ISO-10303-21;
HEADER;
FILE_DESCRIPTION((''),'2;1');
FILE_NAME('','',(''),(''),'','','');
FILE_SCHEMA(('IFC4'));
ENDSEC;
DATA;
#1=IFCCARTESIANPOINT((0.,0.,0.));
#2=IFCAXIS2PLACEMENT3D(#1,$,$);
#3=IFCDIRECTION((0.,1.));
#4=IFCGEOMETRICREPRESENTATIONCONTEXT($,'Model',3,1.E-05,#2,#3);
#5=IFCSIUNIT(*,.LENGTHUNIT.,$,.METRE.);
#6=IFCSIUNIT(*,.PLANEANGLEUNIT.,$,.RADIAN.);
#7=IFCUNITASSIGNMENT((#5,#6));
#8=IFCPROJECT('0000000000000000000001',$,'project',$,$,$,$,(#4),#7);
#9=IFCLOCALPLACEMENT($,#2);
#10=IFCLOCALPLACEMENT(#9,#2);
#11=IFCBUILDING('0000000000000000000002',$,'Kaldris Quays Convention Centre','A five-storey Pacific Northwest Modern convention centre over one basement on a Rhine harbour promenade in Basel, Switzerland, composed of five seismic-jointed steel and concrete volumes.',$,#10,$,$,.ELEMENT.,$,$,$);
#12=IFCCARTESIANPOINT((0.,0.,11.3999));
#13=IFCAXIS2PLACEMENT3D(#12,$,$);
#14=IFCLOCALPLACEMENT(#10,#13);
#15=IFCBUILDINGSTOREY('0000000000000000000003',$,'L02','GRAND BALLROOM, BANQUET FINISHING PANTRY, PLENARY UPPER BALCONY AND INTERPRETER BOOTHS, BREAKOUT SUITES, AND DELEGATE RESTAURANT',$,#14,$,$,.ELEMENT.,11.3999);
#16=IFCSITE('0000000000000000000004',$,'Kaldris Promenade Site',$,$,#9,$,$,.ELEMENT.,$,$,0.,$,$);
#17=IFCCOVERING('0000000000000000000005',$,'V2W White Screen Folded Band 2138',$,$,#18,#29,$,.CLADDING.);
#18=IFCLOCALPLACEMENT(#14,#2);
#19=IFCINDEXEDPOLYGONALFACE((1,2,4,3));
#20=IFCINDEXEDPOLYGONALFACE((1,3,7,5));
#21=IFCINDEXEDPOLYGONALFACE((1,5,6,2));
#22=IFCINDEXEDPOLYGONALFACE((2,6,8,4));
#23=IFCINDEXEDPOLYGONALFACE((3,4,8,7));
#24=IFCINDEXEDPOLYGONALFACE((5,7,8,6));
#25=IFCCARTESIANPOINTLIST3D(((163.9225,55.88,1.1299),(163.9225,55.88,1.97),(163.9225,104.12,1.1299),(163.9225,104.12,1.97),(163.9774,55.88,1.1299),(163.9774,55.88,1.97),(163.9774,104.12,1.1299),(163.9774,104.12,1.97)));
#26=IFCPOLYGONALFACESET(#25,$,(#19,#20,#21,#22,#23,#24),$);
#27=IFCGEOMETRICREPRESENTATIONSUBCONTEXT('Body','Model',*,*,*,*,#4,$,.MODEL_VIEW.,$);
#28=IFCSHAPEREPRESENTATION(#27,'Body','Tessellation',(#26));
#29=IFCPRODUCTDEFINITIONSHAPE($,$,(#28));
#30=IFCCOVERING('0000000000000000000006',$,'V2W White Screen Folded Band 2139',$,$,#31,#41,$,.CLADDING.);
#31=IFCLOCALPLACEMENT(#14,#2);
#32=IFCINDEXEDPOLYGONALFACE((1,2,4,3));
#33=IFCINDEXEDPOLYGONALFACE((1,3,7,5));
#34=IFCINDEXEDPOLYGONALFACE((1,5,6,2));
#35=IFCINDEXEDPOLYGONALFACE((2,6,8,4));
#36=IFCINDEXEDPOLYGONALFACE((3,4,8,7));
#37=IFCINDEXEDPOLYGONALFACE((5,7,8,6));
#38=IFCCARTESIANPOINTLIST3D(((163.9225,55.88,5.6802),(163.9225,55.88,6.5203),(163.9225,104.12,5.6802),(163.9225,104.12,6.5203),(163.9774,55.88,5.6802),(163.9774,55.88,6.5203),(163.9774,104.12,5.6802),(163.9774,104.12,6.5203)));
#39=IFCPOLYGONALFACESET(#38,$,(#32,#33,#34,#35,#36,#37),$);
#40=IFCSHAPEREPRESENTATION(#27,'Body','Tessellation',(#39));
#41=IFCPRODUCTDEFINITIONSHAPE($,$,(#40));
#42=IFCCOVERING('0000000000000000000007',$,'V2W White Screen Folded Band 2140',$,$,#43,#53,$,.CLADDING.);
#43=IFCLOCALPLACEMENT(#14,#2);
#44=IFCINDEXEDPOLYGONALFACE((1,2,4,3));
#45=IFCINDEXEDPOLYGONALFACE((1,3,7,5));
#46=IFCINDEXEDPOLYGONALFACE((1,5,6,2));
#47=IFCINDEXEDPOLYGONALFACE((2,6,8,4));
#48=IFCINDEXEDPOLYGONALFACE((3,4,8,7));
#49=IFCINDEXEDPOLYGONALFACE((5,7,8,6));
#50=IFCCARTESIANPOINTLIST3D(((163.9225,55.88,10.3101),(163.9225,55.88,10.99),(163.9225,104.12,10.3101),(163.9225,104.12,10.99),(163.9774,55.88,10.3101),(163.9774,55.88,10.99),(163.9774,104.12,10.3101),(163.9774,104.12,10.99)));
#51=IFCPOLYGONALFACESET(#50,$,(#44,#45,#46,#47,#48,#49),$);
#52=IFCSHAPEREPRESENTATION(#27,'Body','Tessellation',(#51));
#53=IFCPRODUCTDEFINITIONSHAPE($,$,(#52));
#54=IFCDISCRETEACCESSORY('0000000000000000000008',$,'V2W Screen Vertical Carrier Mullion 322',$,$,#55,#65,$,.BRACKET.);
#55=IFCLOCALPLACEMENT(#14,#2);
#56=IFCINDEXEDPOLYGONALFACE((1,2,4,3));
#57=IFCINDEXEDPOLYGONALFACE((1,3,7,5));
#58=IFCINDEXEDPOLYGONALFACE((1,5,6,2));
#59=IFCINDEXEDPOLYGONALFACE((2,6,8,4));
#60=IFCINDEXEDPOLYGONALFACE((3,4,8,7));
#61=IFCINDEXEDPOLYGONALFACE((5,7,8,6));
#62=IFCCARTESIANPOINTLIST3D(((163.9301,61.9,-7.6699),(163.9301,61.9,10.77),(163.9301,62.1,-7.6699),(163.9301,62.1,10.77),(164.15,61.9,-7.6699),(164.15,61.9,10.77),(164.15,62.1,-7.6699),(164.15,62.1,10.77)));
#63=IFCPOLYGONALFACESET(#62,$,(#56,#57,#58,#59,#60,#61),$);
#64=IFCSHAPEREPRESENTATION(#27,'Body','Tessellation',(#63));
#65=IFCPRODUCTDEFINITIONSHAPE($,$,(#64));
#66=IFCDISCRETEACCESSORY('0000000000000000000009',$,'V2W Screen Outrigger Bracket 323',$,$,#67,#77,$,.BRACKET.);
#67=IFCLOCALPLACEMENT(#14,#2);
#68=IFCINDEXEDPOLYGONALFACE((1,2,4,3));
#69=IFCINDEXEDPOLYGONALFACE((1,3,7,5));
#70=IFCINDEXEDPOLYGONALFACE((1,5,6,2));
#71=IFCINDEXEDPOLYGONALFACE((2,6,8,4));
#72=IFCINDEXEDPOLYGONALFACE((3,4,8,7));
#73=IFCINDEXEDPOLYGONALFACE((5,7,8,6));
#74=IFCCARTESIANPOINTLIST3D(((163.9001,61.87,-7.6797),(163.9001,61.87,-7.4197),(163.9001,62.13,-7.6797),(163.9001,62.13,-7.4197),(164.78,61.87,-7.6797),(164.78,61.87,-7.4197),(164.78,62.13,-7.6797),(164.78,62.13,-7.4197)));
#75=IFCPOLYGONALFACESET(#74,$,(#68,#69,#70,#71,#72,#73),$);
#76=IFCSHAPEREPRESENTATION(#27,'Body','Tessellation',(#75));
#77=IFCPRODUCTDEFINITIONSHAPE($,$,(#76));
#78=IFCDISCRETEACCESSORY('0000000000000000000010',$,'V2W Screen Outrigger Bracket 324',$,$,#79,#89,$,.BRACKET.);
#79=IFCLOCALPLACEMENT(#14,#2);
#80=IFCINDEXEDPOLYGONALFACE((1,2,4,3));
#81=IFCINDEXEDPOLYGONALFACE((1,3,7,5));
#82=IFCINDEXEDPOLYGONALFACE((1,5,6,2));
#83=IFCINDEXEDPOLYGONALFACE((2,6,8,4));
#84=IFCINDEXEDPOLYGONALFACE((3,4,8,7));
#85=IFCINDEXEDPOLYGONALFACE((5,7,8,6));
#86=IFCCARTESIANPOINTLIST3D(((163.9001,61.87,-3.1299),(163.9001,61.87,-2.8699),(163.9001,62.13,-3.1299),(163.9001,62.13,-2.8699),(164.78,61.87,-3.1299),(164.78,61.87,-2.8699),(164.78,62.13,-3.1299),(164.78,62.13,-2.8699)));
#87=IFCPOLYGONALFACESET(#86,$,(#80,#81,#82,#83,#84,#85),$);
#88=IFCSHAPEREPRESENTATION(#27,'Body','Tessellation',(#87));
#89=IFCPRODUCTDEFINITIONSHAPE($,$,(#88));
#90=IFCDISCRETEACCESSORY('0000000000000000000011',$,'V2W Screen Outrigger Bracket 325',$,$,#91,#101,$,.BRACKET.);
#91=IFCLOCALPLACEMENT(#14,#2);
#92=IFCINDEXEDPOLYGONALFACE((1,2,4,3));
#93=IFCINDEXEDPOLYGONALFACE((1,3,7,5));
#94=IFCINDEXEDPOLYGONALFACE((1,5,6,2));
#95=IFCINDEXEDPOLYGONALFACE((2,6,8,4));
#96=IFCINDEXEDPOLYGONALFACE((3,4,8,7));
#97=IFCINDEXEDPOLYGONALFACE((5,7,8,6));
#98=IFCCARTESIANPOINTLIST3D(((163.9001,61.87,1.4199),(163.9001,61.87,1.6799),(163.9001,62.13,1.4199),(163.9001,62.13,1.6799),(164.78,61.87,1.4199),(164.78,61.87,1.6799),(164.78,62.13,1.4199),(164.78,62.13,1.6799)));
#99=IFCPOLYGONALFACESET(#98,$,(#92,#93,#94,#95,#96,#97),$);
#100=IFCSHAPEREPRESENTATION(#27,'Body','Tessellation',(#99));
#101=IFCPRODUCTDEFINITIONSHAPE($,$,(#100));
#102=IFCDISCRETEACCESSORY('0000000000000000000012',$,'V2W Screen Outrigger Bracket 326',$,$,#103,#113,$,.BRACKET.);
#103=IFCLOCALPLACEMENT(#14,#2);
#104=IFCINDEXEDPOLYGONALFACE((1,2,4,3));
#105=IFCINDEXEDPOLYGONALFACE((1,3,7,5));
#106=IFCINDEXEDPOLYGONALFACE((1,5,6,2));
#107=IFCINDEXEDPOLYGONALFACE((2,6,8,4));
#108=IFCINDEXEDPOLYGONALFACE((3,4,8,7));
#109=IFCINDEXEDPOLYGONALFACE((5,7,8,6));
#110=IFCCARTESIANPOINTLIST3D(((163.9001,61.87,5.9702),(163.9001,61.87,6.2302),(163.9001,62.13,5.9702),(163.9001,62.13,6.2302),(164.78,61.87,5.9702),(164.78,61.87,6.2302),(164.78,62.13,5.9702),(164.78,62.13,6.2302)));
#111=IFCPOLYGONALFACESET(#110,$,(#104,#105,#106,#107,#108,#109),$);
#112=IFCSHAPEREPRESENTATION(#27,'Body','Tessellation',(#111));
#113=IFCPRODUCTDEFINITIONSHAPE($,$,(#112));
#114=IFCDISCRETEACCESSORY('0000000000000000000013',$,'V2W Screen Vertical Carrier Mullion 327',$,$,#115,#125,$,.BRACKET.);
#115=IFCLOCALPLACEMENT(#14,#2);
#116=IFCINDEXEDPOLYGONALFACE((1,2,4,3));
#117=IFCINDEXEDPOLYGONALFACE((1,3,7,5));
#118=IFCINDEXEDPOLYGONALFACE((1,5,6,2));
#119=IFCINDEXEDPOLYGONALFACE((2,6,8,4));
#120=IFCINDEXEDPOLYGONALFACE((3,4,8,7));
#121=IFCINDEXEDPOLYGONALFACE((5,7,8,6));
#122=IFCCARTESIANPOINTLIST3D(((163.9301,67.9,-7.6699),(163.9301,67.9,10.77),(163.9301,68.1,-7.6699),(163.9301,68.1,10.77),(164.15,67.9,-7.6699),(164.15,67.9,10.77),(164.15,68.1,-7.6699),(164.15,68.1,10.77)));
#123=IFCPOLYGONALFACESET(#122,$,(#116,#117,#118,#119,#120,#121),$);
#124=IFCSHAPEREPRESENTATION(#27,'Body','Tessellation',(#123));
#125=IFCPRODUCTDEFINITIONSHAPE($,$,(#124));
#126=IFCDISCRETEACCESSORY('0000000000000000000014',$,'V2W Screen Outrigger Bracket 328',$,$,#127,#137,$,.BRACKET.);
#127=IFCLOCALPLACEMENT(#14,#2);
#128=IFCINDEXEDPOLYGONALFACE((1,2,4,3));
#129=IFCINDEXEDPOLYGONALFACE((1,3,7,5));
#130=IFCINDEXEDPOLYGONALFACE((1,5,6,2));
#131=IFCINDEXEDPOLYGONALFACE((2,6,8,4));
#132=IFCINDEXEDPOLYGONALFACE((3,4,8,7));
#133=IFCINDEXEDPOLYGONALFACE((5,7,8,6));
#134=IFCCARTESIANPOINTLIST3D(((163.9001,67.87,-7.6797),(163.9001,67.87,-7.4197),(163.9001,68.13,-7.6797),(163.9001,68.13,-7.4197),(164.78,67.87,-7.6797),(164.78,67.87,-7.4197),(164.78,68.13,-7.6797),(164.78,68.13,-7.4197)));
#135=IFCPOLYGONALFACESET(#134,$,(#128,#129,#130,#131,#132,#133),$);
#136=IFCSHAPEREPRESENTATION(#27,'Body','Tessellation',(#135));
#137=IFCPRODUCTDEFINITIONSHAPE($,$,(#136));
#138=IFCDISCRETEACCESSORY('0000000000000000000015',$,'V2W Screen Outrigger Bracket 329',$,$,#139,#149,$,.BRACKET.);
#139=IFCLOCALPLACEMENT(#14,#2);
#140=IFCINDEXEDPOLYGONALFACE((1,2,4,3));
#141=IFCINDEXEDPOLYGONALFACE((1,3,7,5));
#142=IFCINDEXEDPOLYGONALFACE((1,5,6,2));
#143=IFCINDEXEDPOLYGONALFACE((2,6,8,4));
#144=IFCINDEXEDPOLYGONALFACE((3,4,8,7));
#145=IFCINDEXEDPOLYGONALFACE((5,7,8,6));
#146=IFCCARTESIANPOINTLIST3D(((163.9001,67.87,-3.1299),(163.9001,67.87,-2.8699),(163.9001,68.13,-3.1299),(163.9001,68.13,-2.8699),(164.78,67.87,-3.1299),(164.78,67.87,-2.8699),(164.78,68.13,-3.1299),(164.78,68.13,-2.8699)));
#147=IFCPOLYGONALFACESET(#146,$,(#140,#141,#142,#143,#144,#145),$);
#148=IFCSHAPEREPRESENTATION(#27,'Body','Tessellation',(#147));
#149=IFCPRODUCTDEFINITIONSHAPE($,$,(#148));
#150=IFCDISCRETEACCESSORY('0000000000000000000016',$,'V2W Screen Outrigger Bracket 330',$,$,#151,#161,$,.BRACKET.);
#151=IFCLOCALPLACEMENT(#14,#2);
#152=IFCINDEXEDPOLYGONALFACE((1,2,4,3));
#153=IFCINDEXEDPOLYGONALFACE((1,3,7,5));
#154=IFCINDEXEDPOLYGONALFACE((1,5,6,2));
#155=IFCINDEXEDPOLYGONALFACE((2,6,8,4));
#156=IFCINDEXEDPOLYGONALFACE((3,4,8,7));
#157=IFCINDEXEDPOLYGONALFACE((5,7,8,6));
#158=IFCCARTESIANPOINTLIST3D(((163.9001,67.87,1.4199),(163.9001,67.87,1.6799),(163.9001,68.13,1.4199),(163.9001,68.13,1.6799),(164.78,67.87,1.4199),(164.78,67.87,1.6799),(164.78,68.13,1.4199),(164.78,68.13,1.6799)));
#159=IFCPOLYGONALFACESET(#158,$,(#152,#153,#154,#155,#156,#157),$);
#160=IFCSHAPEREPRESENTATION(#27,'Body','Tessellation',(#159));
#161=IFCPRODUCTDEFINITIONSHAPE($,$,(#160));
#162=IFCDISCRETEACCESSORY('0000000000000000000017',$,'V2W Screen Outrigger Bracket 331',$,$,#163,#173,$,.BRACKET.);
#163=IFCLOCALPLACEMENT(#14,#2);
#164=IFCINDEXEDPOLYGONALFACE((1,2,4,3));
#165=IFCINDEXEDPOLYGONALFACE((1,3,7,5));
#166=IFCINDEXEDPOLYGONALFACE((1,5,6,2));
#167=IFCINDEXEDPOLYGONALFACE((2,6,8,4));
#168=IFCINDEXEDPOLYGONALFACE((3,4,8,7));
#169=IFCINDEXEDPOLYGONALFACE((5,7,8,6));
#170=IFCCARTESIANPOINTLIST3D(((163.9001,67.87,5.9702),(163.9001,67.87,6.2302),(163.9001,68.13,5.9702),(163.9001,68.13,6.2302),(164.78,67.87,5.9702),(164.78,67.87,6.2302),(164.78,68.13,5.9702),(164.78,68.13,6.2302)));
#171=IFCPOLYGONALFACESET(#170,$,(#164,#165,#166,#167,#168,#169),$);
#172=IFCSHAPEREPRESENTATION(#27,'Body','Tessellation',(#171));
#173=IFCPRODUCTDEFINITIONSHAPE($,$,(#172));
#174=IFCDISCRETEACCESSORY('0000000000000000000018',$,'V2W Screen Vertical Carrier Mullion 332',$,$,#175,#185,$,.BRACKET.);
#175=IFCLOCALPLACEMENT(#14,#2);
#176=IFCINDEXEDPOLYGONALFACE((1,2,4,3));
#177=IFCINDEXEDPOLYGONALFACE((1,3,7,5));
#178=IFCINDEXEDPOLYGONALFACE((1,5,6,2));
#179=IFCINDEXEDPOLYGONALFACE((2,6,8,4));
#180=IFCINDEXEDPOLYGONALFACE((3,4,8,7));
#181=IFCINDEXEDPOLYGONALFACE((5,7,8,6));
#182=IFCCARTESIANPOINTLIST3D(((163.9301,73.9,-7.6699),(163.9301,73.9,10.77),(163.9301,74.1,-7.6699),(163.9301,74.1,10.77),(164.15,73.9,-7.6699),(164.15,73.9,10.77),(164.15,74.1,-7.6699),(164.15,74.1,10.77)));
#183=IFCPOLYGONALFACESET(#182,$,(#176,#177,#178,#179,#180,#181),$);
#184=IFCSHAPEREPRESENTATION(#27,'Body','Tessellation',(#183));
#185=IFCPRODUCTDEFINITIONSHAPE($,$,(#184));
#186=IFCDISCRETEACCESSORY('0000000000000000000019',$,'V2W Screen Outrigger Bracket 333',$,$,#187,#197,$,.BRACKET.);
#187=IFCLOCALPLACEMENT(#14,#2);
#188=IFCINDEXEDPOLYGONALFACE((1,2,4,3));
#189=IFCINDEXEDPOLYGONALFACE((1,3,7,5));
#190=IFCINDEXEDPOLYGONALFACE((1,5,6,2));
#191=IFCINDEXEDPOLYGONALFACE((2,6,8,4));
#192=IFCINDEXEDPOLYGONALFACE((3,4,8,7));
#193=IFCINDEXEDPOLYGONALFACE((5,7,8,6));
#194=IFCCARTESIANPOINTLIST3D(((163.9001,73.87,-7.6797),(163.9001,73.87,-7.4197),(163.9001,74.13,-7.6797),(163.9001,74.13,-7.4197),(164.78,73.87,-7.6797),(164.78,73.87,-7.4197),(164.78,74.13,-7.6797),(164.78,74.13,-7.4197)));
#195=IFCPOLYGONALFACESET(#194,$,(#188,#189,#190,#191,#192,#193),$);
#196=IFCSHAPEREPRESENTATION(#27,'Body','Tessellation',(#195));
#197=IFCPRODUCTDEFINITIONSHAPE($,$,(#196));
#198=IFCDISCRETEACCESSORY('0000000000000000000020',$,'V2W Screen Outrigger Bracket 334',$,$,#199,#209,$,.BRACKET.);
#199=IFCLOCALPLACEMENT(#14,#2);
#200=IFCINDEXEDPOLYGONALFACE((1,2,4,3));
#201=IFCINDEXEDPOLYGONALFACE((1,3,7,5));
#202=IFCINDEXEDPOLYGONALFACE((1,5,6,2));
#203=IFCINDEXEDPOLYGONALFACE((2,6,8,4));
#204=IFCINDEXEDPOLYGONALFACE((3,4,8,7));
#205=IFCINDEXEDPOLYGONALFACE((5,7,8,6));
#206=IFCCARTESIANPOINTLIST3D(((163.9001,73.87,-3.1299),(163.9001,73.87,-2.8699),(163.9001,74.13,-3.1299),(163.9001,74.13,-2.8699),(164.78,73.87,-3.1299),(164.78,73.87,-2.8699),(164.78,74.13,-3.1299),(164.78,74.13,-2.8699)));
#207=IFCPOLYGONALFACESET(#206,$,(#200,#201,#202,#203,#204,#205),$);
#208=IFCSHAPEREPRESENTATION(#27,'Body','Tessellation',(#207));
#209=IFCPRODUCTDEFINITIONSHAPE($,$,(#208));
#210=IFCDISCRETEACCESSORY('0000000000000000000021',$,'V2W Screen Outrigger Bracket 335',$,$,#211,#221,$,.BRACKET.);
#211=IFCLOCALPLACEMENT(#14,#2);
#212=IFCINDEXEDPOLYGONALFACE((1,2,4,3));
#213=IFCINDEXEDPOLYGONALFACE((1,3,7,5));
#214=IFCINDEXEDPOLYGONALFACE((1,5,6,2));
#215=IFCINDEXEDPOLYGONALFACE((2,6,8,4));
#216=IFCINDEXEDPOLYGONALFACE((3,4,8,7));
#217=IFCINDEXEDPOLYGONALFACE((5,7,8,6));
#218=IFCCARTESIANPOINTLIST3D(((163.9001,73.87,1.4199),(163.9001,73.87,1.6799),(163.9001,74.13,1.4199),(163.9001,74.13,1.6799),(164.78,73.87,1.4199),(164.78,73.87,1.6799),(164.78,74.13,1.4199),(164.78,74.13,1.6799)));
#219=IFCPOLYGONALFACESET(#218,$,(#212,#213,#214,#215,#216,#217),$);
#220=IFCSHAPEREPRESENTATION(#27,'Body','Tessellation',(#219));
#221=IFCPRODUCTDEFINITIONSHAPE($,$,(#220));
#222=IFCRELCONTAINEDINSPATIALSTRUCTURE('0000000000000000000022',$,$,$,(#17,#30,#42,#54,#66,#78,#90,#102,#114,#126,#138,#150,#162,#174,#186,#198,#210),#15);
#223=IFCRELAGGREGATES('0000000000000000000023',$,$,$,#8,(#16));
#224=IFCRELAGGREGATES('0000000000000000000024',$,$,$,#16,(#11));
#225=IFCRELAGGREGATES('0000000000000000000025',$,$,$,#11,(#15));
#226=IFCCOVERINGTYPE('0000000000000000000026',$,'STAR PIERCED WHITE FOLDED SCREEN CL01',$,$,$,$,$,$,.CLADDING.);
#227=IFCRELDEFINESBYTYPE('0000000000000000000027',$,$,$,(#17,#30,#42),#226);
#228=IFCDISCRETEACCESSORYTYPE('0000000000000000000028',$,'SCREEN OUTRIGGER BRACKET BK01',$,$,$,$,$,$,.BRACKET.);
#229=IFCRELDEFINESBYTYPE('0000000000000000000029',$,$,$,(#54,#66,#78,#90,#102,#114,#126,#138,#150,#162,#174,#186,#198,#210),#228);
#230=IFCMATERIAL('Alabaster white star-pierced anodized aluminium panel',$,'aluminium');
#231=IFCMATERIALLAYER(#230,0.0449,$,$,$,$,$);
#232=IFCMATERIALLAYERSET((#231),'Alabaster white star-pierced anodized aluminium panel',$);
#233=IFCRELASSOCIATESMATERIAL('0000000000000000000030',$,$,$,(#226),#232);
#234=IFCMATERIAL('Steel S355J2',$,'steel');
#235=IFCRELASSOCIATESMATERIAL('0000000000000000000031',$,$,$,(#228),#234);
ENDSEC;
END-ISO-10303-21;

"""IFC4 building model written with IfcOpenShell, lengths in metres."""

from ifc_helpers import new_model, si_unit, direction, frame, origin, origin_2d, place, context, subcontext, project, spatial, rectangle, extrude, material, layer, layer_set, type_object, element, save


model = new_model("IFC4")

# Units and contexts
model_context = context("Model", 3, precision=1e-05, world=origin(), true_north=direction((0.0, 1.0)))
body_context = subcontext(model_context, "Body", "Model", "MODEL_VIEW")
ifc_project = project(units=[si_unit("LENGTHUNIT", "METRE"), si_unit("PLANEANGLEUNIT", "RADIAN")], contexts=[model_context])

# Site, building, storey
site_placement = place(None, origin())
site = spatial("IfcSite", under=ifc_project, at=site_placement, Name="Kaldris Promenade Site", CompositionType="ELEMENT", RefElevation=0.0)
building_placement = place(site_placement, origin())
building = spatial("IfcBuilding", under=site, at=building_placement, Name="Kaldris Quays Convention Centre", Description="A five-storey Pacific Northwest Modern convention centre over one basement on a Rhine harbour promenade in Basel, Switzerland, composed of five seismic-jointed steel and concrete volumes.", CompositionType="ELEMENT")
storey_placement = place(building_placement, frame((0.0, 0.0, 11.3999)))
storey = spatial("IfcBuildingStorey", under=building, at=storey_placement, Name="L02", Description="GRAND BALLROOM, BANQUET FINISHING PANTRY, PLENARY UPPER BALCONY AND INTERPRETER BOOTHS, BREAKOUT SUITES, AND DELEGATE RESTAURANT", CompositionType="ELEMENT", Elevation=11.3999)

# Shared definitions
ifc_material_1 = material(Name="Steel S355J2", Category="steel")

# Coverings
ifc_material_2 = material(Name="Alabaster white star-pierced anodized aluminium panel", Category="aluminium")
ifc_layer_1 = layer(ifc_material_2, 0.0449)
ifc_layer_set_1 = layer_set([ifc_layer_1], Name="Alabaster white star-pierced anodized aluminium panel")
covering_type = type_object("IfcCoveringType", Name="STAR PIERCED WHITE FOLDED SCREEN CL01", PredefinedType="CLADDING", material=ifc_layer_set_1)
for number, where, z_axis, x_axis, name in (
    (1, (163.95, 80.0, 1.1299), (0.0, 0.0, 1.0), (0.0, 1.0, 0.0), "V2W White Screen Folded Band 2138"),
    (2, (163.95, 80.0, 5.6802), (0.0, 0.0, 1.0), (0.0, 1.0, 0.0), "V2W White Screen Folded Band 2139"),
):
    element("IfcCovering", number, at=place(storey_placement, frame(where, z_axis=z_axis, x_axis=x_axis)), inside=storey, type_object=covering_type, Name=name, PredefinedType="CLADDING", context=body_context, shape_type="SweptSolid", body=[
        extrude(rectangle(XDim=48.24, YDim=0.0549, at=origin_2d()), origin(), (0.0, 0.0, 1.0), 0.8401),
    ])
covering_1_placement = place(storey_placement, frame((163.95, 80.0, 10.3101), z_axis=(0.0, 0.0, 1.0), x_axis=(0.0, 1.0, 0.0)))
element("IfcCovering", 3, at=covering_1_placement, inside=storey, type_object=covering_type, Name="V2W White Screen Folded Band 2140", PredefinedType="CLADDING", context=body_context, shape_type="SweptSolid", body=[
    extrude(rectangle(XDim=48.24, YDim=0.0549, at=origin_2d()), origin(), (0.0, 0.0, 1.0), 0.6799),
])

# Discrete accessories
discrete_accessory_type = type_object("IfcDiscreteAccessoryType", Name="SCREEN OUTRIGGER BRACKET BK01", PredefinedType="BRACKET", material=ifc_material_1)
discrete_accessory_1_placement = place(storey_placement, frame((164.04, 62.0, -7.6699), z_axis=(0.0, 0.0, 1.0), x_axis=(0.0, 1.0, 0.0)))
element("IfcDiscreteAccessory", 4, at=discrete_accessory_1_placement, inside=storey, type_object=discrete_accessory_type, Name="V2W Screen Vertical Carrier Mullion 322", PredefinedType="BRACKET", context=body_context, shape_type="SweptSolid", body=[
    extrude(rectangle(XDim=0.2, YDim=0.22, at=origin_2d()), origin(), (0.0, 0.0, 1.0), 18.4399),
])
for number, where, z_axis, x_axis, name in (
    (5, (164.3401, 62.0, -7.6797), (0.0, 0.0, 1.0), (0.0, 1.0, 0.0), "V2W Screen Outrigger Bracket 323"),
    (6, (164.3401, 62.0, -3.1299), (0.0, 0.0, 1.0), (0.0, 1.0, 0.0), "V2W Screen Outrigger Bracket 324"),
    (7, (164.3401, 62.0, 1.4199), (0.0, 0.0, 1.0), (0.0, 1.0, 0.0), "V2W Screen Outrigger Bracket 325"),
    (8, (164.3401, 62.0, 5.9702), (0.0, 0.0, 1.0), (0.0, 1.0, 0.0), "V2W Screen Outrigger Bracket 326"),
):
    element("IfcDiscreteAccessory", number, at=place(storey_placement, frame(where, z_axis=z_axis, x_axis=x_axis)), inside=storey, type_object=discrete_accessory_type, Name=name, PredefinedType="BRACKET", context=body_context, shape_type="SweptSolid", body=[
        extrude(rectangle(XDim=0.26, YDim=0.8799, at=origin_2d()), origin(), (0.0, 0.0, 1.0), 0.26),
    ])
discrete_accessory_2_placement = place(storey_placement, frame((164.04, 68.0, -7.6699), z_axis=(0.0, 0.0, 1.0), x_axis=(0.0, 1.0, 0.0)))
element("IfcDiscreteAccessory", 9, at=discrete_accessory_2_placement, inside=storey, type_object=discrete_accessory_type, Name="V2W Screen Vertical Carrier Mullion 327", PredefinedType="BRACKET", context=body_context, shape_type="SweptSolid", body=[
    extrude(rectangle(XDim=0.2, YDim=0.22, at=origin_2d()), origin(), (0.0, 0.0, 1.0), 18.4399),
])
for number, where, z_axis, x_axis, name in (
    (10, (164.3401, 68.0, -7.6797), (0.0, 0.0, 1.0), (0.0, 1.0, 0.0), "V2W Screen Outrigger Bracket 328"),
    (11, (164.3401, 68.0, -3.1299), (0.0, 0.0, 1.0), (0.0, 1.0, 0.0), "V2W Screen Outrigger Bracket 329"),
    (12, (164.3401, 68.0, 1.4199), (0.0, 0.0, 1.0), (0.0, 1.0, 0.0), "V2W Screen Outrigger Bracket 330"),
    (13, (164.3401, 68.0, 5.9702), (0.0, 0.0, 1.0), (0.0, 1.0, 0.0), "V2W Screen Outrigger Bracket 331"),
):
    element("IfcDiscreteAccessory", number, at=place(storey_placement, frame(where, z_axis=z_axis, x_axis=x_axis)), inside=storey, type_object=discrete_accessory_type, Name=name, PredefinedType="BRACKET", context=body_context, shape_type="SweptSolid", body=[
        extrude(rectangle(XDim=0.26, YDim=0.8799, at=origin_2d()), origin(), (0.0, 0.0, 1.0), 0.26),
    ])
discrete_accessory_3_placement = place(storey_placement, frame((164.04, 74.0, -7.6699), z_axis=(0.0, 0.0, 1.0), x_axis=(0.0, 1.0, 0.0)))
element("IfcDiscreteAccessory", 14, at=discrete_accessory_3_placement, inside=storey, type_object=discrete_accessory_type, Name="V2W Screen Vertical Carrier Mullion 332", PredefinedType="BRACKET", context=body_context, shape_type="SweptSolid", body=[
    extrude(rectangle(XDim=0.2, YDim=0.22, at=origin_2d()), origin(), (0.0, 0.0, 1.0), 18.4399),
])
for number, where, z_axis, x_axis, name in (
    (15, (164.3401, 74.0, -7.6797), (0.0, 0.0, 1.0), (0.0, 1.0, 0.0), "V2W Screen Outrigger Bracket 333"),
    (16, (164.3401, 74.0, -3.1299), (0.0, 0.0, 1.0), (0.0, 1.0, 0.0), "V2W Screen Outrigger Bracket 334"),
    (17, (164.3401, 74.0, 1.4199), (0.0, 0.0, 1.0), (0.0, 1.0, 0.0), "V2W Screen Outrigger Bracket 335"),
):
    element("IfcDiscreteAccessory", number, at=place(storey_placement, frame(where, z_axis=z_axis, x_axis=x_axis)), inside=storey, type_object=discrete_accessory_type, Name=name, PredefinedType="BRACKET", context=body_context, shape_type="SweptSolid", body=[
        extrude(rectangle(XDim=0.26, YDim=0.8799, at=origin_2d()), origin(), (0.0, 0.0, 1.0), 0.26),
    ])

save(model, "model.ifc")
